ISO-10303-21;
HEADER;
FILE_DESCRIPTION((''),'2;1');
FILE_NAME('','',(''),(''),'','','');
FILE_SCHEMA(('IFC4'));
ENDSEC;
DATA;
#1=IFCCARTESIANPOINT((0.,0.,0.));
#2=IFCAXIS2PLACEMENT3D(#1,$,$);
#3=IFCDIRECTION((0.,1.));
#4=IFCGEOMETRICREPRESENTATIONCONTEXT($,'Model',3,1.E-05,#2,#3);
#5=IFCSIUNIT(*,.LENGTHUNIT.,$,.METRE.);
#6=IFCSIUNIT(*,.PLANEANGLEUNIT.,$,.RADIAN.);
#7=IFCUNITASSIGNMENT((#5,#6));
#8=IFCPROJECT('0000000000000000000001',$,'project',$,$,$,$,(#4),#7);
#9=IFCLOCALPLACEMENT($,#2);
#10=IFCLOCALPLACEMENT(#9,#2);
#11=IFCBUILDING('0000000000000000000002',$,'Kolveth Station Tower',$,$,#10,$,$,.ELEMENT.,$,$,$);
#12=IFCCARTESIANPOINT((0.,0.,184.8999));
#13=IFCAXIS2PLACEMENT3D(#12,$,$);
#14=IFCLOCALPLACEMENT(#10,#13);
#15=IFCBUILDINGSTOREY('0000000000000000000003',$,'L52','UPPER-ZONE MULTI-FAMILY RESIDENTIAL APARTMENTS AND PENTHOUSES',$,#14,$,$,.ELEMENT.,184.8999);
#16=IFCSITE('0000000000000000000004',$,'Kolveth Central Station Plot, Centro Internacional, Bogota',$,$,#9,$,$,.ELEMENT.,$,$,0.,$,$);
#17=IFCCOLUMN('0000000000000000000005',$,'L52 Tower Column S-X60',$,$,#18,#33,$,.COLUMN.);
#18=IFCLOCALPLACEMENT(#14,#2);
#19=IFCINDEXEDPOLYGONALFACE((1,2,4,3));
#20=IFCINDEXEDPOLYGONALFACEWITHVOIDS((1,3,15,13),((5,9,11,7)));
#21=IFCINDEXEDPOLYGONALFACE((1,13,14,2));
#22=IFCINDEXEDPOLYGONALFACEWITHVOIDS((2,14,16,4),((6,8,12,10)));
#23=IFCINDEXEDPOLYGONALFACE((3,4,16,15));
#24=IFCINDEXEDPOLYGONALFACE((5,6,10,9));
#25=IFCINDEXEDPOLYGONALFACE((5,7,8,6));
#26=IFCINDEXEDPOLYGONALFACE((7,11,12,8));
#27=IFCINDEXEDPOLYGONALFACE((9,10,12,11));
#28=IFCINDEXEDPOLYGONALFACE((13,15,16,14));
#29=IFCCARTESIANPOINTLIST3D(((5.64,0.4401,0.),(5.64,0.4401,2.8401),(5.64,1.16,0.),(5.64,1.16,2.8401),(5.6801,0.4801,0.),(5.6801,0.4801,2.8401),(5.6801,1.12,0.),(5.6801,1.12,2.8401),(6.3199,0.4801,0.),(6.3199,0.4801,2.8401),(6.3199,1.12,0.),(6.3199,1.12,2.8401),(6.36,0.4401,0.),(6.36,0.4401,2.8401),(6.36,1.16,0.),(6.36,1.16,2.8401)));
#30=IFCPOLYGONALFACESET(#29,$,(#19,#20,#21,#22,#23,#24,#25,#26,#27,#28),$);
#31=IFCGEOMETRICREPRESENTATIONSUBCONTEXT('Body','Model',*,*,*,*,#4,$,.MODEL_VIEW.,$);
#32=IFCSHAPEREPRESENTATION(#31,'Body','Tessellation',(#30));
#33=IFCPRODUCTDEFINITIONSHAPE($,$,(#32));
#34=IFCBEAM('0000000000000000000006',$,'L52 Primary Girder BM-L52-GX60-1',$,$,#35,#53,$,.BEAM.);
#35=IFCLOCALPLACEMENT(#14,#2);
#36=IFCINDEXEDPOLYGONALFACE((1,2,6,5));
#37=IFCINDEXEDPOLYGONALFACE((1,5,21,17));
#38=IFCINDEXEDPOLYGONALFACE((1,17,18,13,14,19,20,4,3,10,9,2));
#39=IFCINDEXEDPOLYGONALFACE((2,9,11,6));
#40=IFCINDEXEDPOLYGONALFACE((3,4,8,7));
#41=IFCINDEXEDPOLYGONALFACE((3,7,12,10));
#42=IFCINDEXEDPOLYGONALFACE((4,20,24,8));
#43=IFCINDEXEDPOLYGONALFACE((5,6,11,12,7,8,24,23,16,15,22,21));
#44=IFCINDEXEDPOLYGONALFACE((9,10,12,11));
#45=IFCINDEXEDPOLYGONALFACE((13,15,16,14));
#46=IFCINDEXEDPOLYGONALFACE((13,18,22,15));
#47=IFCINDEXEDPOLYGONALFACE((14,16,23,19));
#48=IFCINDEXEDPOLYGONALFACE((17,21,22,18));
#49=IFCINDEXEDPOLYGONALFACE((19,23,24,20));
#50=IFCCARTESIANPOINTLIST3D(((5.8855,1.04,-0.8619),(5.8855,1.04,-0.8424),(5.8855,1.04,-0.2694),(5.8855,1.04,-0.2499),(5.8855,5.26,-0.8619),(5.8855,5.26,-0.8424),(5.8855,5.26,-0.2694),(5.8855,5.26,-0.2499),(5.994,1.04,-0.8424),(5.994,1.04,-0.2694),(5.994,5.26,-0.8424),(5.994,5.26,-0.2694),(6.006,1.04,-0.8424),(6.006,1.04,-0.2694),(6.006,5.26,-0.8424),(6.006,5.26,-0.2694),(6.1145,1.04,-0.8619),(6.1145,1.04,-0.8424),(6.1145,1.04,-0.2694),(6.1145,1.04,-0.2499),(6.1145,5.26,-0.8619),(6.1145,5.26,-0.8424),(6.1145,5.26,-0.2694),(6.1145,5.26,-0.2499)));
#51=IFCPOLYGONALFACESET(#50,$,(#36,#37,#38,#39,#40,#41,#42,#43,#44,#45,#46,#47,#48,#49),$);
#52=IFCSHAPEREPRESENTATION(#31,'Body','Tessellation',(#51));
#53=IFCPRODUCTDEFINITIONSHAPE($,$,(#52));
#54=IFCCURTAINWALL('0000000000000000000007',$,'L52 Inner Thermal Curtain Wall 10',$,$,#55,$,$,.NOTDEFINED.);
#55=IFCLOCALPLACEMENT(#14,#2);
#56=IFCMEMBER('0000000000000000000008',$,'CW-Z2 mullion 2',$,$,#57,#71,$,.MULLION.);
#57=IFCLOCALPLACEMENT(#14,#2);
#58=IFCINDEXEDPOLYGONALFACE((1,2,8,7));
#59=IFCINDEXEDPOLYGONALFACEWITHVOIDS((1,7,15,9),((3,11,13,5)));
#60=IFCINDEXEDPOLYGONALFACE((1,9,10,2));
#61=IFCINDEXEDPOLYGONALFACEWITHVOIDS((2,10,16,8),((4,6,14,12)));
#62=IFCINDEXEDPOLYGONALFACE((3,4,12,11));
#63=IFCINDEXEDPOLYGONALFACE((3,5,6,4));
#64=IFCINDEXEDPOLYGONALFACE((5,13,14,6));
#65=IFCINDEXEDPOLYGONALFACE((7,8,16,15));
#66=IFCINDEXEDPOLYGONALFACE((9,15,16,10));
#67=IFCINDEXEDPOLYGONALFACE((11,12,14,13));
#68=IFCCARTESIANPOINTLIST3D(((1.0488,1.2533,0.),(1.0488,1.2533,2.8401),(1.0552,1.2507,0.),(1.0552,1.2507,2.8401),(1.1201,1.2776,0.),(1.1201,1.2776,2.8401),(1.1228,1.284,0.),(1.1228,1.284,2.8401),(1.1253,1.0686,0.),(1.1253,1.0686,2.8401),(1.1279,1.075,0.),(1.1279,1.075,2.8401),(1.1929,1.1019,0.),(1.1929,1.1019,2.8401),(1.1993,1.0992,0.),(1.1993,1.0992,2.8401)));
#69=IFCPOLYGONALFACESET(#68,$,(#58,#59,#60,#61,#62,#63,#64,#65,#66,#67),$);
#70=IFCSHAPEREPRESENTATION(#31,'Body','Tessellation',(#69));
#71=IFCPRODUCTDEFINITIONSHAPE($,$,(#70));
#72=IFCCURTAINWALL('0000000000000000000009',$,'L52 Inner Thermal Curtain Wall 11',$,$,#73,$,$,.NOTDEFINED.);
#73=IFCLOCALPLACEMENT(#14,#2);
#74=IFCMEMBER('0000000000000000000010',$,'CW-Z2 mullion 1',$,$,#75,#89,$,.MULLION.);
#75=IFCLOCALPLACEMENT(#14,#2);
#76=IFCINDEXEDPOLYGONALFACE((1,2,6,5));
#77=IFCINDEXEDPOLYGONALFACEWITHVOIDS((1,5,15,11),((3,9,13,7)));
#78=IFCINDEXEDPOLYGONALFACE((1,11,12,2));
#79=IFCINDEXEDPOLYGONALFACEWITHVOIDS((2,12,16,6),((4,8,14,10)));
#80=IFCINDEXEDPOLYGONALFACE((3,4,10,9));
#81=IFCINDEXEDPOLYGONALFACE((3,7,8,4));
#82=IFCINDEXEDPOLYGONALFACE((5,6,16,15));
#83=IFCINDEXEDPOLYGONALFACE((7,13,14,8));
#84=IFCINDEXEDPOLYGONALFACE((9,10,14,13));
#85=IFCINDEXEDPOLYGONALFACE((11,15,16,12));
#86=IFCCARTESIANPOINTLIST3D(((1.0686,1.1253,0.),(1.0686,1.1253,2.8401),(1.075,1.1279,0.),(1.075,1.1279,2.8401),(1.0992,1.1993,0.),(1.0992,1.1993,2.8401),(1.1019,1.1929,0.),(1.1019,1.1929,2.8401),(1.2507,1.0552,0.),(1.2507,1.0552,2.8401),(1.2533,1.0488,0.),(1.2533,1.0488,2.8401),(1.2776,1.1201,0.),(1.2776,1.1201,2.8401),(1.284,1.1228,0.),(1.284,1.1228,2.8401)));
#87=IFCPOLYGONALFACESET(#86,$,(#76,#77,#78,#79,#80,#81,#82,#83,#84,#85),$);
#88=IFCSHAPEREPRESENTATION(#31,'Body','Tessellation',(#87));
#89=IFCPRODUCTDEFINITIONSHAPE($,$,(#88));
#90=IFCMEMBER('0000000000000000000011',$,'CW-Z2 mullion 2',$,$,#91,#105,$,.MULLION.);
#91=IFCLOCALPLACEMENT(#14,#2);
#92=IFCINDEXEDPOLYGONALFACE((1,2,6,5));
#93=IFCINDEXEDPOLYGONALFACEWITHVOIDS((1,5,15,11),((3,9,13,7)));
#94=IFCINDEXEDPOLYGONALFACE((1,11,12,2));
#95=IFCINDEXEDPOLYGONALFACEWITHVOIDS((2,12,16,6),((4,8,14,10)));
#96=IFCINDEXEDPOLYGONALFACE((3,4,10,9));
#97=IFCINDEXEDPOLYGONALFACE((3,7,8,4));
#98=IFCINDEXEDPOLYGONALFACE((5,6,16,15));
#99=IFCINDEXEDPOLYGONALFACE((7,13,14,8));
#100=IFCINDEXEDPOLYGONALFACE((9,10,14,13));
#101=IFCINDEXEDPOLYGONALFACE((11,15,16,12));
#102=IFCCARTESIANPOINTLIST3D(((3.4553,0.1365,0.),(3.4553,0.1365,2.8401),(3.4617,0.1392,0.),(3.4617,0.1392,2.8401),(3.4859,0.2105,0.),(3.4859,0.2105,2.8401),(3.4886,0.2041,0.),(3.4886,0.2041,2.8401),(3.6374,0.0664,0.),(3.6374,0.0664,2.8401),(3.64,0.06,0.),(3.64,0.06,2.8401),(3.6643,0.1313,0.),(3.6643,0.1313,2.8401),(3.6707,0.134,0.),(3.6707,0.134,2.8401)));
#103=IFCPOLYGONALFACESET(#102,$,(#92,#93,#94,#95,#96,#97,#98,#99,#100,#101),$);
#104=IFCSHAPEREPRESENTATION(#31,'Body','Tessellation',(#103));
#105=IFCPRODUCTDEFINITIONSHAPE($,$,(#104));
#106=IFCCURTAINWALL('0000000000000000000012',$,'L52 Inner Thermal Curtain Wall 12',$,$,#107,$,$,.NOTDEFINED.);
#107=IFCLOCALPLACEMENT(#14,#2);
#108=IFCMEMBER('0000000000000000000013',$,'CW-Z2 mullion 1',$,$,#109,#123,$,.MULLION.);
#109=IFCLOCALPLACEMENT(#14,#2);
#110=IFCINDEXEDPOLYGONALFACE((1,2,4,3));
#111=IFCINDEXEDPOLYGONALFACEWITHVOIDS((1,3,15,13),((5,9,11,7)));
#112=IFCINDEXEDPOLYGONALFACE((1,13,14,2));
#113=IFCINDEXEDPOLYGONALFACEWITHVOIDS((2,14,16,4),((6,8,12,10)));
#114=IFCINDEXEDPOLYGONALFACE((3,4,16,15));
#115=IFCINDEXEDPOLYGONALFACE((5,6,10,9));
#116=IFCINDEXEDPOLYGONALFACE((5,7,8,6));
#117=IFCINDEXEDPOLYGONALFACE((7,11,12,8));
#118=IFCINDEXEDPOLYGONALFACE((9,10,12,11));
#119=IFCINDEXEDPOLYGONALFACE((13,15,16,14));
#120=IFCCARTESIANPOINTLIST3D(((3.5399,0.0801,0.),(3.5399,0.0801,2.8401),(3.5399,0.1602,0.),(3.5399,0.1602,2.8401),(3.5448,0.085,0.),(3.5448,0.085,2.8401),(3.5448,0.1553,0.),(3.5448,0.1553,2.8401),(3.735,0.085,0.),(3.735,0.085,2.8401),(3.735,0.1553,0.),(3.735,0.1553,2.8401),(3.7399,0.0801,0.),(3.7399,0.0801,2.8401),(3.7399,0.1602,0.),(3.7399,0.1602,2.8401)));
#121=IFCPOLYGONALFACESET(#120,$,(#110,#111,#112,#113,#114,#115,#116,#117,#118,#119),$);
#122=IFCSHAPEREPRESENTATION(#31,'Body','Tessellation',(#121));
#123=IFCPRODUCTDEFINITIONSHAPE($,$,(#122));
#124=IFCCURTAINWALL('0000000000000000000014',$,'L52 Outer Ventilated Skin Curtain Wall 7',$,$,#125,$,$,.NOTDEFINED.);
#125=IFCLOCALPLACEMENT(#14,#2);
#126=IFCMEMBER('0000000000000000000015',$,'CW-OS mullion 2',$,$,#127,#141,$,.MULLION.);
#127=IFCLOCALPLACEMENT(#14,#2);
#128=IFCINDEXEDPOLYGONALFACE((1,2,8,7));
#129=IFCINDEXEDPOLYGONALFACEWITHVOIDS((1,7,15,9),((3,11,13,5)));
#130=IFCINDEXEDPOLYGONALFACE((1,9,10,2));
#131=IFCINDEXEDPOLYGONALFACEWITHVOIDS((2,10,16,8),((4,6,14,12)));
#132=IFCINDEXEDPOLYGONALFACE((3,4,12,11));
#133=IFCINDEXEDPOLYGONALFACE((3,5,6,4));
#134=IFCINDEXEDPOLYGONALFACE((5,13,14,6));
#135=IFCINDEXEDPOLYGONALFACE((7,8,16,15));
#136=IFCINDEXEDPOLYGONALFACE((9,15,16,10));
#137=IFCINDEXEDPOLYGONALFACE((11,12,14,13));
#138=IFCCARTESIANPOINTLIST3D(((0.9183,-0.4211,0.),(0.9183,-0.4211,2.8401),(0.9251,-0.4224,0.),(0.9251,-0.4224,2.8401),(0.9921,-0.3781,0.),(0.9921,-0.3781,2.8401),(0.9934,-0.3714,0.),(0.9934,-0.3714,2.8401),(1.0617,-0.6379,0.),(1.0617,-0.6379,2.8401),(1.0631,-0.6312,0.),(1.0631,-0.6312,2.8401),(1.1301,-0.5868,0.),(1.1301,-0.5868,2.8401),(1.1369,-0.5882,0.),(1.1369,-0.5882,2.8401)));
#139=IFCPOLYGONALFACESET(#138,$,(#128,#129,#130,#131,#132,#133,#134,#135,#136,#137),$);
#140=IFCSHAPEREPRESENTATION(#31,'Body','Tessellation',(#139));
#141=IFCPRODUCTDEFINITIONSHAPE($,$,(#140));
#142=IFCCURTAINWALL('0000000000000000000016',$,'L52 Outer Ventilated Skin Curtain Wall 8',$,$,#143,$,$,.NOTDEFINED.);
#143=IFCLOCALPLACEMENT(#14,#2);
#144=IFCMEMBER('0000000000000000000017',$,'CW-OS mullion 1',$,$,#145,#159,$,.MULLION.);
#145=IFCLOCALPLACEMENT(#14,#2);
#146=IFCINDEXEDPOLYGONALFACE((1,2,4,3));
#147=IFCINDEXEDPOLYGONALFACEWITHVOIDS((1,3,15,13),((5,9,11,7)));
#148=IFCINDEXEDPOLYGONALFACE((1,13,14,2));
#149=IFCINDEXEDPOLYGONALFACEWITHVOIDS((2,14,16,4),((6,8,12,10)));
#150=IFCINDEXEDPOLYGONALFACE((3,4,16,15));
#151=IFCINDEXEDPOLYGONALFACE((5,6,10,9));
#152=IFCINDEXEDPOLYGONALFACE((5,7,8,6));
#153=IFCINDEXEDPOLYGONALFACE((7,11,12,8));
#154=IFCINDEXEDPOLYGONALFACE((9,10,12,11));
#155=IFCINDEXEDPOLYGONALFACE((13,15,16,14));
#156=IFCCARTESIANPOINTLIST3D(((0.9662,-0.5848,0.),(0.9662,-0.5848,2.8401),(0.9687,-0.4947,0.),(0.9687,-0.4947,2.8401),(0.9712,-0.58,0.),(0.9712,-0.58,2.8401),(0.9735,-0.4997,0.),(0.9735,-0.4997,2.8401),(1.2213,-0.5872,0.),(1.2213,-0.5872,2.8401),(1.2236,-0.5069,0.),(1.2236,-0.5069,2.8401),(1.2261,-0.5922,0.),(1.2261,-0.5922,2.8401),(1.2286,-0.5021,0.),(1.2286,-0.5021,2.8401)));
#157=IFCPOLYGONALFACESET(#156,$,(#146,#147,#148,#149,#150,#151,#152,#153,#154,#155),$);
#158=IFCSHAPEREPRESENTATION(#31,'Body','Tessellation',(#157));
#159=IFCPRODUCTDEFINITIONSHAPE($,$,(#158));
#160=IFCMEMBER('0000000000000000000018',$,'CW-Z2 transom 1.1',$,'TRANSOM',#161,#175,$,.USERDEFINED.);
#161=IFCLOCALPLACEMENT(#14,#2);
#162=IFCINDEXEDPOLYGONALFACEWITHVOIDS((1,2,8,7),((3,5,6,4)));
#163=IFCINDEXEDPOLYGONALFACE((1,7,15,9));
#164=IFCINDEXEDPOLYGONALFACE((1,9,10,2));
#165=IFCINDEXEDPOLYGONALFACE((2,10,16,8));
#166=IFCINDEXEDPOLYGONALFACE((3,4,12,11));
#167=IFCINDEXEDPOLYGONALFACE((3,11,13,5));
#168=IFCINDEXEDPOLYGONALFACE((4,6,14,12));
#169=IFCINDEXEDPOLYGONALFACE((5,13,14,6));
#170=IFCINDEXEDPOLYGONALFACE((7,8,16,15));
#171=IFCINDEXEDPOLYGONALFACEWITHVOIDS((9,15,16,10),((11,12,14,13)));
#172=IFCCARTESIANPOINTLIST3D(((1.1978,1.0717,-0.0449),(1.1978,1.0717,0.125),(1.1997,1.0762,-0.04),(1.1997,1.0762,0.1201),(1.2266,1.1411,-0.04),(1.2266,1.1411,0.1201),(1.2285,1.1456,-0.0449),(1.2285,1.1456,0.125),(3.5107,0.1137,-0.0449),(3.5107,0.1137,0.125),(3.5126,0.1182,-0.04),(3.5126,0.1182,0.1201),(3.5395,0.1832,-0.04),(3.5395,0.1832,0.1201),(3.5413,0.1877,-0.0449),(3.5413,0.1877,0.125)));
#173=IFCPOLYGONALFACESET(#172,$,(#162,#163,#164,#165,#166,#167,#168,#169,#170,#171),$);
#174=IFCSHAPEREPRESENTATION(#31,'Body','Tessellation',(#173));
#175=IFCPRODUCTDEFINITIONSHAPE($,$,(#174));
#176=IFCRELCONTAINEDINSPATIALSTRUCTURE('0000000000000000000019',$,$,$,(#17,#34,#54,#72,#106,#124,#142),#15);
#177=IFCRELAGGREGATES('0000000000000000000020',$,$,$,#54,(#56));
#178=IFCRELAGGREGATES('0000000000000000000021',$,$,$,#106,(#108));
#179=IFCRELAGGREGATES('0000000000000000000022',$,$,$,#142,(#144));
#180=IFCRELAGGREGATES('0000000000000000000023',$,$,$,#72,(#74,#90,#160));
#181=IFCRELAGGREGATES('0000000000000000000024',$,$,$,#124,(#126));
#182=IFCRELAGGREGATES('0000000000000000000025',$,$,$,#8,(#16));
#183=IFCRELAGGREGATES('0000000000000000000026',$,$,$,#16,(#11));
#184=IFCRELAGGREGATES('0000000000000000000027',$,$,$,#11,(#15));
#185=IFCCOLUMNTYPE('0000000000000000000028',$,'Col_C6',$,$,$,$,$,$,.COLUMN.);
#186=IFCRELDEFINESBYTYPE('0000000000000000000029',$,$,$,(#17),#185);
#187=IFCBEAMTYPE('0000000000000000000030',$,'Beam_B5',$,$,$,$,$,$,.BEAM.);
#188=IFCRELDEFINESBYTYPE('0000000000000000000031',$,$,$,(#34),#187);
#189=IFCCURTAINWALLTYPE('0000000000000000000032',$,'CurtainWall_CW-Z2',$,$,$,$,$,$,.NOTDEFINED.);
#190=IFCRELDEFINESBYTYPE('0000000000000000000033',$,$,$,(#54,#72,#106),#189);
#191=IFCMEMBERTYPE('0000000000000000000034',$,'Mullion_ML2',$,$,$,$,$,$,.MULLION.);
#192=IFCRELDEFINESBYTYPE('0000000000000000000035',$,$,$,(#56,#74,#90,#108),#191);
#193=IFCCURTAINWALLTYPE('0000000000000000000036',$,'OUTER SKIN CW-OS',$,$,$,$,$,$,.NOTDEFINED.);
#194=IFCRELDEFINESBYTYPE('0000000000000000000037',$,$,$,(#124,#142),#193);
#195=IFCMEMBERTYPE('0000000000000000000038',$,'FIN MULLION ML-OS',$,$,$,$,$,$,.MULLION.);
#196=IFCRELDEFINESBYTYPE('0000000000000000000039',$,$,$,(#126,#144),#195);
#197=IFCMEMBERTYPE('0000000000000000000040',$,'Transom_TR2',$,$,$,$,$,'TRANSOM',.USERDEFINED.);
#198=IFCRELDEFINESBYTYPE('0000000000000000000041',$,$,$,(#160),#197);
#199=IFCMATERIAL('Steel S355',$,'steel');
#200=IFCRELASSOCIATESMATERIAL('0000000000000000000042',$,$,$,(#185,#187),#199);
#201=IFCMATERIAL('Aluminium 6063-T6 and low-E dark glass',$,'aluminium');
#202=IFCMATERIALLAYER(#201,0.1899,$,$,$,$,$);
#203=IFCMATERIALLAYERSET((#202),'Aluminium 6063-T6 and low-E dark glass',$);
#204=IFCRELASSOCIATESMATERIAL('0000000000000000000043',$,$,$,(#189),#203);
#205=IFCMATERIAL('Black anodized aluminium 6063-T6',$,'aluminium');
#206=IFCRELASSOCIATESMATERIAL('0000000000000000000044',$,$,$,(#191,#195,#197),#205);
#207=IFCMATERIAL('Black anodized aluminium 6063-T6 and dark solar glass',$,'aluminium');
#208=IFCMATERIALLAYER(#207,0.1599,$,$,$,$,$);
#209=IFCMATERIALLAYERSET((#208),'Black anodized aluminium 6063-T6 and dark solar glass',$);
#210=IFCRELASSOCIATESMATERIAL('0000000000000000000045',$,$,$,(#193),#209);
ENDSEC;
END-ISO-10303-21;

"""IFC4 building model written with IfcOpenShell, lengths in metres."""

from ifc_helpers import new_model, si_unit, direction, frame, origin, origin_2d, place, context, subcontext, project, spatial, hollow_rectangle, i_section, extrude, source, transform, mapped, material, layer, layer_set, material_profile, profile_set, type_object, element, aggregate, save


model = new_model("IFC4")

# Units and contexts
model_context = context("Model", 3, precision=1e-05, world=origin(), true_north=direction((0.0, 1.0)))
body_context = subcontext(model_context, "Body", "Model", "MODEL_VIEW")
ifc_project = project(units=[si_unit("LENGTHUNIT", "METRE"), si_unit("PLANEANGLEUNIT", "RADIAN")], contexts=[model_context])

# Site, building, storey
site_placement = place(None, origin())
site = spatial("IfcSite", under=ifc_project, at=site_placement, Name="Kolveth Central Station Plot, Centro Internacional, Bogota", CompositionType="ELEMENT", RefElevation=0.0)
building_placement = place(site_placement, origin())
building = spatial("IfcBuilding", under=site, at=building_placement, Name="Kolveth Station Tower", CompositionType="ELEMENT")
storey_placement = place(building_placement, frame((0.0, 0.0, 184.8999)))
storey = spatial("IfcBuildingStorey", under=building, at=storey_placement, Name="L52", Description="UPPER-ZONE MULTI-FAMILY RESIDENTIAL APARTMENTS AND PENTHOUSES", CompositionType="ELEMENT", Elevation=184.8999)

# Column
ifc_material_1 = material(Name="Steel S355", Category="steel")
ifc_material_profile_1 = material_profile(ifc_material_1, hollow_rectangle(XDim=0.72, YDim=0.72, WallThickness=0.04, at=origin_2d()), Name="BOX720x720x40")
ifc_profile_set_1 = profile_set([ifc_material_profile_1], Name="Steel S355")
column_type = type_object("IfcColumnType", Name="Col_C6", PredefinedType="COLUMN", material=ifc_profile_set_1)
shared_shape_1 = source(origin(), body_context, "Body", "SweptSolid", [
    extrude(hollow_rectangle(XDim=0.72, YDim=0.72, WallThickness=0.04, at=origin_2d()), origin(), (0.0, 0.0, 1.0), 2.8401),
])
column_placement = place(storey_placement, frame((6.0, 0.8, 0.0), z_axis=(0.0, 0.0, 1.0), x_axis=(1.0, 0.0, 0.0)))
element("IfcColumn", 1, at=column_placement, inside=storey, type_object=column_type, Name="L52 Tower Column S-X60", PredefinedType="COLUMN", context=body_context, shape_type="MappedRepresentation", body=[
    mapped(shared_shape_1, transform((0.0, 0.0, 0.0), x_axis=(1.0, 0.0, 0.0), y_axis=(0.0, 1.0, 0.0), z_axis=(0.0, 0.0, 1.0), scale=1.0)),
])

# Beam
ifc_material_profile_2 = material_profile(ifc_material_1, i_section(OverallWidth=0.229, OverallDepth=0.6121, WebThickness=0.012, FlangeThickness=0.0195, at=origin_2d()), Name="W610x125")
ifc_profile_set_2 = profile_set([ifc_material_profile_2], Name="Steel S355")
beam_type = type_object("IfcBeamType", Name="Beam_B5", PredefinedType="BEAM", material=ifc_profile_set_2)
shared_shape_2 = source(origin(), body_context, "Body", "SweptSolid", [
    extrude(i_section(OverallWidth=0.229, OverallDepth=0.6121, WebThickness=0.012, FlangeThickness=0.0195, at=origin_2d()), origin(), (0.0, 0.0, 1.0), 4.22),
])
beam_placement = place(storey_placement, frame((6.0, 1.04, -0.5559), z_axis=(0.0, 1.0, 0.0), x_axis=(-1.0, 0.0, 0.0)))
element("IfcBeam", 2, at=beam_placement, inside=storey, type_object=beam_type, Name="L52 Primary Girder BM-L52-GX60-1", PredefinedType="BEAM", context=body_context, shape_type="MappedRepresentation", body=[
    mapped(shared_shape_2, transform((0.0, 0.0, 0.0), x_axis=(1.0, 0.0, 0.0), y_axis=(0.0, 1.0, 0.0), z_axis=(0.0, 0.0, 1.0), scale=1.0)),
])

# Curtain wall, member
ifc_material_2 = material(Name="Aluminium 6063-T6 and low-E dark glass", Category="aluminium")
ifc_layer_1 = layer(ifc_material_2, 0.1899)
ifc_layer_set_1 = layer_set([ifc_layer_1], Name="Aluminium 6063-T6 and low-E dark glass")
curtain_wall_type_1 = type_object("IfcCurtainWallType", Name="CurtainWall_CW-Z2", PredefinedType="NOTDEFINED", material=ifc_layer_set_1)
curtain_wall_1_placement = place(storey_placement, origin())
curtain_wall_1 = element("IfcCurtainWall", 3, at=curtain_wall_1_placement, inside=storey, type_object=curtain_wall_type_1, Name="L52 Inner Thermal Curtain Wall 10", PredefinedType="NOTDEFINED")
ifc_material_3 = material(Name="Black anodized aluminium 6063-T6", Category="aluminium")
ifc_material_profile_3 = material_profile(ifc_material_3, hollow_rectangle(XDim=0.0801, YDim=0.2, WallThickness=0.0049, at=origin_2d()), Name="ALU-80x200x5")
ifc_profile_set_3 = profile_set([ifc_material_profile_3], Name="Black anodized aluminium 6063-T6")
member_type_1 = type_object("IfcMemberType", Name="Mullion_ML2", PredefinedType="MULLION", material=ifc_profile_set_3)
shared_shape_3 = source(origin(), body_context, "Body", "SweptSolid", [
    extrude(hollow_rectangle(XDim=0.0801, YDim=0.2, WallThickness=0.0049, at=origin_2d()), origin(), (0.0, 0.0, 1.0), 2.8401),
])
member_1_placement = place(storey_placement, frame((1.124, 1.1763, 0.0), z_axis=(0.0, 0.0, 1.0), x_axis=(0.923874, 0.382698, 0.0)))
member_1 = element("IfcMember", 4, at=member_1_placement, type_object=member_type_1, Name="CW-Z2 mullion 2", PredefinedType="MULLION", context=body_context, shape_type="MappedRepresentation", body=[
    mapped(shared_shape_3, transform((0.0, 0.0, 0.0), x_axis=(1.0, 0.0, 0.0), y_axis=(0.0, 1.0, 0.0), z_axis=(0.0, 0.0, 1.0), scale=1.0)),
])
aggregate(curtain_wall_1, [member_1])

# Curtain wall, members
curtain_wall_2_placement = place(storey_placement, origin())
curtain_wall_2 = element("IfcCurtainWall", 5, at=curtain_wall_2_placement, inside=storey, type_object=curtain_wall_type_1, Name="L52 Inner Thermal Curtain Wall 11", PredefinedType="NOTDEFINED")
member_2_placement = place(storey_placement, frame((1.1763, 1.124, 0.0), z_axis=(0.0, 0.0, 1.0), x_axis=(0.382698, 0.923874, 0.0)))
member_2 = element("IfcMember", 6, at=member_2_placement, type_object=member_type_1, Name="CW-Z2 mullion 1", PredefinedType="MULLION", context=body_context, shape_type="MappedRepresentation", body=[
    mapped(shared_shape_3, transform((0.0, 0.0, 0.0), x_axis=(1.0, 0.0, 0.0), y_axis=(0.0, 1.0, 0.0), z_axis=(0.0, 0.0, 1.0), scale=1.0)),
])
member_3_placement = place(storey_placement, frame((3.563, 0.1353, 0.0), z_axis=(0.0, 0.0, 1.0), x_axis=(0.382698, 0.923874, 0.0)))
member_3 = element("IfcMember", 7, at=member_3_placement, type_object=member_type_1, Name="CW-Z2 mullion 2", PredefinedType="MULLION", context=body_context, shape_type="MappedRepresentation", body=[
    mapped(shared_shape_3, transform((0.0, 0.0, 0.0), x_axis=(1.0, 0.0, 0.0), y_axis=(0.0, 1.0, 0.0), z_axis=(0.0, 0.0, 1.0), scale=1.0)),
])

# Curtain walls, members
curtain_wall_3_placement = place(storey_placement, origin())
curtain_wall_3 = element("IfcCurtainWall", 8, at=curtain_wall_3_placement, inside=storey, type_object=curtain_wall_type_1, Name="L52 Inner Thermal Curtain Wall 12", PredefinedType="NOTDEFINED")
member_4_placement = place(storey_placement, frame((3.6399, 0.1201, 0.0), z_axis=(0.0, 0.0, 1.0), x_axis=(0.0, 1.0, 0.0)))
member_4 = element("IfcMember", 9, at=member_4_placement, type_object=member_type_1, Name="CW-Z2 mullion 1", PredefinedType="MULLION", context=body_context, shape_type="MappedRepresentation", body=[
    mapped(shared_shape_3, transform((0.0, 0.0, 0.0), x_axis=(1.0, 0.0, 0.0), y_axis=(0.0, 1.0, 0.0), z_axis=(0.0, 0.0, 1.0), scale=1.0)),
])
ifc_material_4 = material(Name="Black anodized aluminium 6063-T6 and dark solar glass", Category="aluminium")
ifc_layer_2 = layer(ifc_material_4, 0.1599)
ifc_layer_set_2 = layer_set([ifc_layer_2], Name="Black anodized aluminium 6063-T6 and dark solar glass")
curtain_wall_type_2 = type_object("IfcCurtainWallType", Name="OUTER SKIN CW-OS", PredefinedType="NOTDEFINED", material=ifc_layer_set_2)
curtain_wall_4_placement = place(storey_placement, origin())
curtain_wall_4 = element("IfcCurtainWall", 10, at=curtain_wall_4_placement, inside=storey, type_object=curtain_wall_type_2, Name="L52 Outer Ventilated Skin Curtain Wall 7", PredefinedType="NOTDEFINED")
ifc_material_profile_4 = material_profile(ifc_material_3, hollow_rectangle(XDim=0.0901, YDim=0.26, WallThickness=0.0049, at=origin_2d()), Name="ALU-90x260x5")
ifc_profile_set_4 = profile_set([ifc_material_profile_4], Name="Black anodized aluminium 6063-T6")
member_type_2 = type_object("IfcMemberType", Name="FIN MULLION ML-OS", PredefinedType="MULLION", material=ifc_profile_set_4)
shared_shape_4 = source(origin(), body_context, "Body", "SweptSolid", [
    extrude(hollow_rectangle(XDim=0.0901, YDim=0.26, WallThickness=0.0049, at=origin_2d()), origin(), (0.0, 0.0, 1.0), 2.8401),
])
member_5_placement = place(storey_placement, frame((1.0276, -0.5046, 0.0), z_axis=(0.0, 0.0, 1.0), x_axis=(0.834035, 0.551711, 0.0)))
member_5 = element("IfcMember", 11, at=member_5_placement, type_object=member_type_2, Name="CW-OS mullion 2", PredefinedType="MULLION", context=body_context, shape_type="MappedRepresentation", body=[
    mapped(shared_shape_4, transform((0.0, 0.0, 0.0), x_axis=(1.0, 0.0, 0.0), y_axis=(0.0, 1.0, 0.0), z_axis=(0.0, 0.0, 1.0), scale=1.0)),
])
curtain_wall_5_placement = place(storey_placement, origin())
curtain_wall_5 = element("IfcCurtainWall", 12, at=curtain_wall_5_placement, inside=storey, type_object=curtain_wall_type_2, Name="L52 Outer Ventilated Skin Curtain Wall 8", PredefinedType="NOTDEFINED")
member_6_placement = place(storey_placement, frame((1.0974, -0.5435, 0.0), z_axis=(0.0, 0.0, 1.0), x_axis=(0.028485, 0.999594, 0.0)))
member_6 = element("IfcMember", 13, at=member_6_placement, type_object=member_type_2, Name="CW-OS mullion 1", PredefinedType="MULLION", context=body_context, shape_type="MappedRepresentation", body=[
    mapped(shared_shape_4, transform((0.0, 0.0, 0.0), x_axis=(1.0, 0.0, 0.0), y_axis=(0.0, 1.0, 0.0), z_axis=(0.0, 0.0, 1.0), scale=1.0)),
])

# Member
ifc_material_profile_5 = material_profile(ifc_material_3, hollow_rectangle(XDim=0.0801, YDim=0.1699, WallThickness=0.0049, at=origin_2d()), Name="ALU-80x170x5")
ifc_profile_set_5 = profile_set([ifc_material_profile_5], Name="Black anodized aluminium 6063-T6")
member_type_3 = type_object("IfcMemberType", Name="Transom_TR2", ElementType="TRANSOM", PredefinedType="USERDEFINED", material=ifc_profile_set_5)
shared_shape_5 = source(origin(), body_context, "Body", "SweptSolid", [
    extrude(hollow_rectangle(XDim=0.0801, YDim=0.1699, WallThickness=0.0049, at=origin_2d()), origin(), (0.0, 0.0, 1.0), 2.5034),
])
member_7_placement = place(storey_placement, frame((1.2131, 1.1086, 0.04), z_axis=(0.923888, -0.382662, 0.0), x_axis=(0.382662, 0.923888, 0.0)))
member_7 = element("IfcMember", 14, at=member_7_placement, type_object=member_type_3, Name="CW-Z2 transom 1.1", ObjectType="TRANSOM", PredefinedType="USERDEFINED", context=body_context, shape_type="MappedRepresentation", body=[
    mapped(shared_shape_5, transform((0.0, 0.0, 0.0), x_axis=(1.0, 0.0, 0.0), y_axis=(0.0, 1.0, 0.0), z_axis=(0.0, 0.0, 1.0), scale=1.0)),
])
aggregate(curtain_wall_3, [member_4])
aggregate(curtain_wall_5, [member_6])

aggregate(curtain_wall_2, [member_2, member_3, member_7])
aggregate(curtain_wall_4, [member_5])

save(model, "model.ifc")
